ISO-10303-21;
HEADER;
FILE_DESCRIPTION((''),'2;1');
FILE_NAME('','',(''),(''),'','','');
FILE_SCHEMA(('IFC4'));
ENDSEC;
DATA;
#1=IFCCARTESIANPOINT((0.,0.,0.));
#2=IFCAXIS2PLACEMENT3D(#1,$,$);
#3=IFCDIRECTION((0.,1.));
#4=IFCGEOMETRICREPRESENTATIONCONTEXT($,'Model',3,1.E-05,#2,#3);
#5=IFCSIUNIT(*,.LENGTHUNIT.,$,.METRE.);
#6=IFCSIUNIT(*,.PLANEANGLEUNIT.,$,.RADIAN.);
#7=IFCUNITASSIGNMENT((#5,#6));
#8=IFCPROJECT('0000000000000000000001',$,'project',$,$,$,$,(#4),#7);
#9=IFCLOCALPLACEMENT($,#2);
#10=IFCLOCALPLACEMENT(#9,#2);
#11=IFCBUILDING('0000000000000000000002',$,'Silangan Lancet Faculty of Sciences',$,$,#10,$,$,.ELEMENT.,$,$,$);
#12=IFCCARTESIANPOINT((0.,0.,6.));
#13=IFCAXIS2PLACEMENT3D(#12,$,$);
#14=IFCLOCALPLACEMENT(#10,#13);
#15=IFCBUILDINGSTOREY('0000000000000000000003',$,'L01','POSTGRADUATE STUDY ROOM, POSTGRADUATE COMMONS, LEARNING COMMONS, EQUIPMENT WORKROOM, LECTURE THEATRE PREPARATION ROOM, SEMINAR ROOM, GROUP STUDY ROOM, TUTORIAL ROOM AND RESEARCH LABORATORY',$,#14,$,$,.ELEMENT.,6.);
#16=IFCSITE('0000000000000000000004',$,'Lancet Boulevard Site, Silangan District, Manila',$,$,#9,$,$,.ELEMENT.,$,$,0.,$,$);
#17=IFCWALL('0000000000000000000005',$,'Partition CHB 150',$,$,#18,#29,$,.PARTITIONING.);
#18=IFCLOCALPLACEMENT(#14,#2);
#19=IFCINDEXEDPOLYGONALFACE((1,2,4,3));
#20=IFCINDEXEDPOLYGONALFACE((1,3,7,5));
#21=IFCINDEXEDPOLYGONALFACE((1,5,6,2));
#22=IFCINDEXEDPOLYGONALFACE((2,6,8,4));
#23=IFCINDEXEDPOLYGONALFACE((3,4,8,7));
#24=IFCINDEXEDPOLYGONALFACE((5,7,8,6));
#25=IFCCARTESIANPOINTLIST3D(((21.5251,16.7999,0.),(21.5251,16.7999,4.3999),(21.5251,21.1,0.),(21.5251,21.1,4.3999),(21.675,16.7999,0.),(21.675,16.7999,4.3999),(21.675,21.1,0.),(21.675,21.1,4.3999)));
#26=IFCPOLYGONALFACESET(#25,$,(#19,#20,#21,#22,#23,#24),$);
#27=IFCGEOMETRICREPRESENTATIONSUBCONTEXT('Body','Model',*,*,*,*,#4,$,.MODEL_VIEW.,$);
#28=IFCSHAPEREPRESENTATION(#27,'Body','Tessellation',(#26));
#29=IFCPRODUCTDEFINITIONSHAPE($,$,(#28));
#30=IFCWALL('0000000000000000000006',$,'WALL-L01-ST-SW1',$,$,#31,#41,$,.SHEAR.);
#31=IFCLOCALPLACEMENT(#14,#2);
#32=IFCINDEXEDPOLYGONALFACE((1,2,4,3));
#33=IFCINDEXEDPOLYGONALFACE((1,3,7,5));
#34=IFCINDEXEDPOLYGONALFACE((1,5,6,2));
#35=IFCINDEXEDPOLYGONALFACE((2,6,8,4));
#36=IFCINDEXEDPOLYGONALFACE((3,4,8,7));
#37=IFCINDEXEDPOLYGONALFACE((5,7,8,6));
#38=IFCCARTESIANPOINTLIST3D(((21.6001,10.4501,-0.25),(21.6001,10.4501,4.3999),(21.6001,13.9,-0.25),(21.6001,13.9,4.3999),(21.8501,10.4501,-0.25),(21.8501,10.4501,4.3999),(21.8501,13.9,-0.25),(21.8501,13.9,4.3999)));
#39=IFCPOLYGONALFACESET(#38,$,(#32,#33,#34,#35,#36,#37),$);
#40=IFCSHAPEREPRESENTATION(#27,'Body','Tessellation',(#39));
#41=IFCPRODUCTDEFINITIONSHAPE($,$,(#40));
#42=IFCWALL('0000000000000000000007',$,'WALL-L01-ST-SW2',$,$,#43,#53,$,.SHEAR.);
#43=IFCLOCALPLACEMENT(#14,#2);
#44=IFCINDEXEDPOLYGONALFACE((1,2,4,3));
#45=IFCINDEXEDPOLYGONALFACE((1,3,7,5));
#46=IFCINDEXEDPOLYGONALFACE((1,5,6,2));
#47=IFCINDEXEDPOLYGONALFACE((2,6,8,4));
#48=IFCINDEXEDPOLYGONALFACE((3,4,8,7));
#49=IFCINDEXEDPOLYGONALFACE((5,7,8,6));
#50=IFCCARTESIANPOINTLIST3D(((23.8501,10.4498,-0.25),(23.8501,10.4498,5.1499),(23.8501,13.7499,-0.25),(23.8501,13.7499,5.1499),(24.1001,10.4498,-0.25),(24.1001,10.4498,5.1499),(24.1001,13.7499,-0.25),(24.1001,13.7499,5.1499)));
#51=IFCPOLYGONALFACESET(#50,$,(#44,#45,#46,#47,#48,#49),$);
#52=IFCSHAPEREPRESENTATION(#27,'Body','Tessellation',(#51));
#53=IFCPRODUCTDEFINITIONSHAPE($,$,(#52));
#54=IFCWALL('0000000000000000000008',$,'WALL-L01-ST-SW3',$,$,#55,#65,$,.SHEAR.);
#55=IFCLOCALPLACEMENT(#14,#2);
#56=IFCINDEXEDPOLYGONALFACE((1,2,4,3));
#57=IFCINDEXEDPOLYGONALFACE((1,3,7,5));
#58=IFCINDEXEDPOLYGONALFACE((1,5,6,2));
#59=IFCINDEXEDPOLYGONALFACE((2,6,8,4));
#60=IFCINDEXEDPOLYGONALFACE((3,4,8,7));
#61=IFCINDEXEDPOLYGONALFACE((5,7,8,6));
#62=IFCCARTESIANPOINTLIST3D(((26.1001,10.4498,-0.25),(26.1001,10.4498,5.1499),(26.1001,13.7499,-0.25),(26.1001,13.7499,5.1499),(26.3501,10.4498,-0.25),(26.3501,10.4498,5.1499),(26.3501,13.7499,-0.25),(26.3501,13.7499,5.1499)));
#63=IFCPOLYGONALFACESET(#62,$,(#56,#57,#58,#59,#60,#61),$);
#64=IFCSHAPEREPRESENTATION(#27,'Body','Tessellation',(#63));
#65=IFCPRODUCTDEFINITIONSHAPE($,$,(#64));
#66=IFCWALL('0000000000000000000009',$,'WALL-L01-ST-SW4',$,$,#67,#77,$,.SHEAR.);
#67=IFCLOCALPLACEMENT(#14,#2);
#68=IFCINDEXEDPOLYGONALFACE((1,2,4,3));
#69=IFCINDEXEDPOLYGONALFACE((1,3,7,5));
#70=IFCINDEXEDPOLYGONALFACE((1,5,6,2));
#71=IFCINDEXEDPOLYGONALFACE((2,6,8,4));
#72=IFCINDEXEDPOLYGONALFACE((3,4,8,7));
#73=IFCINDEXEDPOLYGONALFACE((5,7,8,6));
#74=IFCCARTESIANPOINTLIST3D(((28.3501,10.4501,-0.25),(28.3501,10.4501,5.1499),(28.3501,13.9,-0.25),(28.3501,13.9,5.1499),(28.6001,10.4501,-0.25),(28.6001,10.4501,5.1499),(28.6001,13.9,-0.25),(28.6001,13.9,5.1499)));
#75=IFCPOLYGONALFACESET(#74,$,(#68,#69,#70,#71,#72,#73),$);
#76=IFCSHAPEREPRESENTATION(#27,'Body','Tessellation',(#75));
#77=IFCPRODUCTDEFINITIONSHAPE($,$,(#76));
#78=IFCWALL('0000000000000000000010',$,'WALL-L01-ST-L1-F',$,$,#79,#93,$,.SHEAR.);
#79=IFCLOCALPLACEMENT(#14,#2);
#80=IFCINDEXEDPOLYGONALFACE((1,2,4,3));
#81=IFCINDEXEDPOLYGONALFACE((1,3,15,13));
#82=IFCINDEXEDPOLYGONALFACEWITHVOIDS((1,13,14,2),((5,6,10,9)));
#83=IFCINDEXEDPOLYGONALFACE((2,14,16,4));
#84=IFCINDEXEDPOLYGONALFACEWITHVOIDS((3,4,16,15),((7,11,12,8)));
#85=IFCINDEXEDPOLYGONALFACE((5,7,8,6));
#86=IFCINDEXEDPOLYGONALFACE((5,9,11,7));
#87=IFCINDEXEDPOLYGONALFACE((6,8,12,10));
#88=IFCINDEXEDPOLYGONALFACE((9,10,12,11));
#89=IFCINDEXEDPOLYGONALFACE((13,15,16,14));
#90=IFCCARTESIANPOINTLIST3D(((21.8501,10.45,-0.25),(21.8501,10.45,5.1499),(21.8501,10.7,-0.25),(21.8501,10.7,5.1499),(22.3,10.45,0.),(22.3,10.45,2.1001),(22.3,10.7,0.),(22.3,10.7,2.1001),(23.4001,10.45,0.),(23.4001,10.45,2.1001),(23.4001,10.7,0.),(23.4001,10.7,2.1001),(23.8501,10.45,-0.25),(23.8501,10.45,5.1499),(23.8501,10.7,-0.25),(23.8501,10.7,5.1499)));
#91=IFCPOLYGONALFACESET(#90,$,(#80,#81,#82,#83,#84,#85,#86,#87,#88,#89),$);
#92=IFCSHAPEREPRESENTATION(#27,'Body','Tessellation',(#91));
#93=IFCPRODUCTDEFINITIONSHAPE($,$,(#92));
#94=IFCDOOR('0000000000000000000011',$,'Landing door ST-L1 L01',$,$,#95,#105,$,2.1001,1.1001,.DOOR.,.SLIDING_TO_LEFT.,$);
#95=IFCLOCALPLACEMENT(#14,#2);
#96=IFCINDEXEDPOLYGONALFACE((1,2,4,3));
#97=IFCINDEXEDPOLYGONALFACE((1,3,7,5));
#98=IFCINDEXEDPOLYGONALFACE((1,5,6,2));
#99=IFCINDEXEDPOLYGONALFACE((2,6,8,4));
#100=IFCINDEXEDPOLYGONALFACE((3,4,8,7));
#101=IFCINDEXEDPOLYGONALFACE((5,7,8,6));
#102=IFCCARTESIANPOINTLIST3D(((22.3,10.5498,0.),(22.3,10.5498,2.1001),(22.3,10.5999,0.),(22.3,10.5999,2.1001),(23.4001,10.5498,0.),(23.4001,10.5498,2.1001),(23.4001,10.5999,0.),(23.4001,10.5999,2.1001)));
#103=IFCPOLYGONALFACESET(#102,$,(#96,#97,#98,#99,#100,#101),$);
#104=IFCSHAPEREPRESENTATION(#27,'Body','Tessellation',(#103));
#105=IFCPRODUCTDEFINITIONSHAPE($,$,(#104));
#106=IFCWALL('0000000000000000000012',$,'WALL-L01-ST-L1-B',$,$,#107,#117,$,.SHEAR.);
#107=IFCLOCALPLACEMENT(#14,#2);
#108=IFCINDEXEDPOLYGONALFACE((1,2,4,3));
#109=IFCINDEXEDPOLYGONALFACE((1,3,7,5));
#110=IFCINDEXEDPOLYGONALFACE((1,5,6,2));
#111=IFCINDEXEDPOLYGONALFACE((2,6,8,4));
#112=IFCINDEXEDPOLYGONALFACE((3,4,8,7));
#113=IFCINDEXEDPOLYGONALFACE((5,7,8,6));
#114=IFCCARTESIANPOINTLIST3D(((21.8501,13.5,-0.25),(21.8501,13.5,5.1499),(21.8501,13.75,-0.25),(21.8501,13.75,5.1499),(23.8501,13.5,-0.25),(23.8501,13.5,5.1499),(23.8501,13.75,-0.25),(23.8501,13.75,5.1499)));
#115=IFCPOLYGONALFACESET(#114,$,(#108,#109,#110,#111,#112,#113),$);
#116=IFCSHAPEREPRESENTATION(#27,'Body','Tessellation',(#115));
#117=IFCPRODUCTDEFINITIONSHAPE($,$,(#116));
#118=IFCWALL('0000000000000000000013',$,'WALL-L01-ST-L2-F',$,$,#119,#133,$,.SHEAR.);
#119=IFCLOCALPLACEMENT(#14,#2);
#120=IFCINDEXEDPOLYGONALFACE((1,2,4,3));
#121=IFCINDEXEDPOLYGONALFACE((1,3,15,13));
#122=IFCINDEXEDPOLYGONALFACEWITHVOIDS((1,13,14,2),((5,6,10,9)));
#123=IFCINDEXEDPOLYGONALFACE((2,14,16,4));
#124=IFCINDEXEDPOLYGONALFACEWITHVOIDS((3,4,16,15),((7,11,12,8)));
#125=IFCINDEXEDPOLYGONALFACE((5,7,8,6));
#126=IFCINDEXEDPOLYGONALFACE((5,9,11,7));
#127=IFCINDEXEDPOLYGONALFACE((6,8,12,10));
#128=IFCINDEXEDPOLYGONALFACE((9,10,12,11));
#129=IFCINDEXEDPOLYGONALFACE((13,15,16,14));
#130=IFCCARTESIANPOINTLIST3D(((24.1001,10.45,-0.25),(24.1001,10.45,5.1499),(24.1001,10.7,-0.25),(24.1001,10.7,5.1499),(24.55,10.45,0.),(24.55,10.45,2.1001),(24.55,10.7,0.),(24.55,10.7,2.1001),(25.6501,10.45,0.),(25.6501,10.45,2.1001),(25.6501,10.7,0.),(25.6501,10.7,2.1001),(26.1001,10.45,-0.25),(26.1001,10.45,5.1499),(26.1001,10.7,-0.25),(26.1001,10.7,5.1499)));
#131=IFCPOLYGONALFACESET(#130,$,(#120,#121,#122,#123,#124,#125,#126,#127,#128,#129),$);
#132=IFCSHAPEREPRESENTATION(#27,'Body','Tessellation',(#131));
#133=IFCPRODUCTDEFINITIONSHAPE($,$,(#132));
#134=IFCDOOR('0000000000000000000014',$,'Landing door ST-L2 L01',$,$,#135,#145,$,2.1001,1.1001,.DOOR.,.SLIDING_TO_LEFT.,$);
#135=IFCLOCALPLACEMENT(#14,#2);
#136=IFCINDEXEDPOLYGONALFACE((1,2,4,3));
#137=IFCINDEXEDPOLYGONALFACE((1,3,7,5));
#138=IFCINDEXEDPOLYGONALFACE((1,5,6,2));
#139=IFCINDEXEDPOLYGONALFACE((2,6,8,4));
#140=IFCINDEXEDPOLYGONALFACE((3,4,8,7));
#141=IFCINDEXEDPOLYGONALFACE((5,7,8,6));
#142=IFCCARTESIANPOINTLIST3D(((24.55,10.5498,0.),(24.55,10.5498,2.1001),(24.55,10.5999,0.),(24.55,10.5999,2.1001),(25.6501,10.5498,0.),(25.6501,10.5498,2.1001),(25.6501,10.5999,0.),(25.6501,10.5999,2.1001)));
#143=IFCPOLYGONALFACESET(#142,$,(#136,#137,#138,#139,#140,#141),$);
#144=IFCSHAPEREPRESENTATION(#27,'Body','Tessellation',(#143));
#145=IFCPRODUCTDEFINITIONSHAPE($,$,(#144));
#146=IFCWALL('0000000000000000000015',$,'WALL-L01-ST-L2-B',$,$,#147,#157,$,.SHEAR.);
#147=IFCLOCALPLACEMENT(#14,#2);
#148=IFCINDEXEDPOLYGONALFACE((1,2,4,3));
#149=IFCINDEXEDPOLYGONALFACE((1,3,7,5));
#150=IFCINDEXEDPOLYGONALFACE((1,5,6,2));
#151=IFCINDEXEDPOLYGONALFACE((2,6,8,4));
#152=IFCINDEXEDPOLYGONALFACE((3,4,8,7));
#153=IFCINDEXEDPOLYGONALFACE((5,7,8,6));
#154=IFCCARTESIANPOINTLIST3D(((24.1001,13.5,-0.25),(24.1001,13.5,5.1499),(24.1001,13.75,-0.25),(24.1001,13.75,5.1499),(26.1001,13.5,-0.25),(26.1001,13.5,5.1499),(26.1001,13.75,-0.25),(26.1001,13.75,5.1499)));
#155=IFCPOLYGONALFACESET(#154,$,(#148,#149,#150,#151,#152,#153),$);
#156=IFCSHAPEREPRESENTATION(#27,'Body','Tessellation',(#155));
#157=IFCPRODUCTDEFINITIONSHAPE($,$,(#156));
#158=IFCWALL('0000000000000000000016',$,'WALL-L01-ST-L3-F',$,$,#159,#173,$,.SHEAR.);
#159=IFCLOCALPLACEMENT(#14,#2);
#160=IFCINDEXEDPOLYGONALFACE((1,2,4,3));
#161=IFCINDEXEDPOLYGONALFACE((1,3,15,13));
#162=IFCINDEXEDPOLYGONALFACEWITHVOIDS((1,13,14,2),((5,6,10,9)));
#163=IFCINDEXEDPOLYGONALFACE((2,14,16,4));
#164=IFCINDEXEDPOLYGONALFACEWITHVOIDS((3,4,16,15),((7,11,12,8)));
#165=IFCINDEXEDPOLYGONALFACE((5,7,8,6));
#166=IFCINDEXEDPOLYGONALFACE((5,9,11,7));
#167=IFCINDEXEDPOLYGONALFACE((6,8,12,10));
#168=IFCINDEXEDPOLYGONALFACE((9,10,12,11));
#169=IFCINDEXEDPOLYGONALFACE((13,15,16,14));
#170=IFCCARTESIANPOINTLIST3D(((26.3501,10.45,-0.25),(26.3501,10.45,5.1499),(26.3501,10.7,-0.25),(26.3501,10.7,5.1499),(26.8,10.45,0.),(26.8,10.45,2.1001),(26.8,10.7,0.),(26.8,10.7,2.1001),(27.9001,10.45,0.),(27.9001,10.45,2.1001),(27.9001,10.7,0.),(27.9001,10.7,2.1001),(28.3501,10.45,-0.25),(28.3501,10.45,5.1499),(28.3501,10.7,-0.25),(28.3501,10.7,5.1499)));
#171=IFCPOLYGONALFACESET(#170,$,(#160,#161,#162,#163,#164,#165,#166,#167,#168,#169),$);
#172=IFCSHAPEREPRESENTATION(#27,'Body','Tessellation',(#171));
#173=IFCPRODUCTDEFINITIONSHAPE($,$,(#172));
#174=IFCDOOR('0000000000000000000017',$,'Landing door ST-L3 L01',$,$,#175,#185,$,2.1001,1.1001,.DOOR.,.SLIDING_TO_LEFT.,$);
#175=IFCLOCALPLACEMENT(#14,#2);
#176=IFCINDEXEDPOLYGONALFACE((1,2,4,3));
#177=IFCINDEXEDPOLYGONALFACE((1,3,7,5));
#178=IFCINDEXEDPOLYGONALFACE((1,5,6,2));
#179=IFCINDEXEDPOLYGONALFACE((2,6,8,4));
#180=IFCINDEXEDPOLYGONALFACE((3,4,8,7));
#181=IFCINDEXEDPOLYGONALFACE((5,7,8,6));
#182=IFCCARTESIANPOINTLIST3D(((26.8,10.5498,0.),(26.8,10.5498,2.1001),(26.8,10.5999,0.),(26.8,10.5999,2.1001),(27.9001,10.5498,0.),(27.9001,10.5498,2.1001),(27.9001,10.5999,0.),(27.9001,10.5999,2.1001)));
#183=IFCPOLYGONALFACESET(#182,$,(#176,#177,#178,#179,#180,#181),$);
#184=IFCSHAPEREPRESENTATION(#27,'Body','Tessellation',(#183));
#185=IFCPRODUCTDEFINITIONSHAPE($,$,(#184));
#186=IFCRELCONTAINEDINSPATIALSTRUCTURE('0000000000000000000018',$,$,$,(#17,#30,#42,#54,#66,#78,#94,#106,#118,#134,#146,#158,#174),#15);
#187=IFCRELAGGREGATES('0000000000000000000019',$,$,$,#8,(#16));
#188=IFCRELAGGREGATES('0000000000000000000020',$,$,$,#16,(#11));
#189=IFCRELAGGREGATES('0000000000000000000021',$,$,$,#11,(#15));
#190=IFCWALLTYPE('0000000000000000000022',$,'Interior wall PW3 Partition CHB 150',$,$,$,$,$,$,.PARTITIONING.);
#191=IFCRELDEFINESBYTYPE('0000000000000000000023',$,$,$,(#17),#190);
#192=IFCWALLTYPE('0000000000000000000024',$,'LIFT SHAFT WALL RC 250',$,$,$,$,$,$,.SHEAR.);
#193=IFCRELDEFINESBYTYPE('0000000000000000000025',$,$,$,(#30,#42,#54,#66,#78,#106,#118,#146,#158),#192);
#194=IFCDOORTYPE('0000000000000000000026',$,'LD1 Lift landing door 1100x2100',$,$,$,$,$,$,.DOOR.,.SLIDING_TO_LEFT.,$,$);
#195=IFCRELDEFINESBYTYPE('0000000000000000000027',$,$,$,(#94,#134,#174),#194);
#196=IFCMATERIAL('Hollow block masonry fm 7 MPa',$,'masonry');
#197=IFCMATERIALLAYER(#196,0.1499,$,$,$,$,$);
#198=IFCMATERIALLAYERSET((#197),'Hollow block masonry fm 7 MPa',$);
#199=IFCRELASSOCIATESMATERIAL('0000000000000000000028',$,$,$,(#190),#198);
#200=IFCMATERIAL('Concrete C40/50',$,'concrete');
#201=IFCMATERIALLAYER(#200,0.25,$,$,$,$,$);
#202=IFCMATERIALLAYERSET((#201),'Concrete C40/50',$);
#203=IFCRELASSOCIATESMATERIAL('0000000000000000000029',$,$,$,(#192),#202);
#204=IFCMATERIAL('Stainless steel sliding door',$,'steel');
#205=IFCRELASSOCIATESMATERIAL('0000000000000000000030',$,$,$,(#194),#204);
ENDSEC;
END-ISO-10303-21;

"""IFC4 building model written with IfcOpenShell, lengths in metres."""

from ifc_helpers import new_model, si_unit, direction, frame, frame_2d, origin, place, context, subcontext, project, spatial, rectangle, extrude, material, layer, layer_set, type_object, element, fill, save


model = new_model("IFC4")

# Units and contexts
model_context = context("Model", 3, precision=1e-05, world=origin(), true_north=direction((0.0, 1.0)))
body_context = subcontext(model_context, "Body", "Model", "MODEL_VIEW")
ifc_project = project(units=[si_unit("LENGTHUNIT", "METRE"), si_unit("PLANEANGLEUNIT", "RADIAN")], contexts=[model_context])

# Site, building, storey
site_placement = place(None, origin())
site = spatial("IfcSite", under=ifc_project, at=site_placement, Name="Lancet Boulevard Site, Silangan District, Manila", CompositionType="ELEMENT", RefElevation=0.0)
building_placement = place(site_placement, origin())
building = spatial("IfcBuilding", under=site, at=building_placement, Name="Silangan Lancet Faculty of Sciences", CompositionType="ELEMENT")
storey_placement = place(building_placement, frame((0.0, 0.0, 6.0)))
storey = spatial("IfcBuildingStorey", under=building, at=storey_placement, Name="L01", Description="POSTGRADUATE STUDY ROOM, POSTGRADUATE COMMONS, LEARNING COMMONS, EQUIPMENT WORKROOM, LECTURE THEATRE PREPARATION ROOM, SEMINAR ROOM, GROUP STUDY ROOM, TUTORIAL ROOM AND RESEARCH LABORATORY", CompositionType="ELEMENT", Elevation=6.0)

# Wall
ifc_material_1 = material(Name="Hollow block masonry fm 7 MPa", Category="masonry")
ifc_layer_1 = layer(ifc_material_1, 0.1499)
ifc_layer_set_1 = layer_set([ifc_layer_1], Name="Hollow block masonry fm 7 MPa")
wall_type_1 = type_object("IfcWallType", Name="Interior wall PW3 Partition CHB 150", PredefinedType="PARTITIONING", material=ifc_layer_set_1)
wall_1_placement = place(storey_placement, frame((21.6001, 16.8, 0.0), z_axis=(0.0, 0.0, 1.0), x_axis=(0.0, 1.0, 0.0)))
element("IfcWall", 1, at=wall_1_placement, inside=storey, type_object=wall_type_1, Name="Partition CHB 150", PredefinedType="PARTITIONING", context=body_context, shape_type="SweptSolid", body=[
    extrude(rectangle(XDim=4.3, YDim=0.1499, at=frame_2d((2.1499, 0.0))), origin(), (0.0, 0.0, 1.0), 4.3999),
])

# Walls
ifc_material_2 = material(Name="Concrete C40/50", Category="concrete")
ifc_layer_2 = layer(ifc_material_2, 0.25)
ifc_layer_set_2 = layer_set([ifc_layer_2], Name="Concrete C40/50")
wall_type_2 = type_object("IfcWallType", Name="LIFT SHAFT WALL RC 250", PredefinedType="SHEAR", material=ifc_layer_set_2)
wall_2_placement = place(storey_placement, frame((21.7251, 10.45, -0.25), z_axis=(0.0, 0.0, 1.0), x_axis=(0.0, 1.0, 0.0)))
element("IfcWall", 2, at=wall_2_placement, inside=storey, type_object=wall_type_2, Name="WALL-L01-ST-SW1", PredefinedType="SHEAR", context=body_context, shape_type="SweptSolid", body=[
    extrude(rectangle(XDim=3.45, YDim=0.25, at=frame_2d((1.7251, 0.0))), origin(), (0.0, 0.0, 1.0), 4.6499),
])
for number, where, z_axis, x_axis, name in (
    (3, (23.9751, 10.45, -0.25), (0.0, 0.0, 1.0), (0.0, 1.0, 0.0), "WALL-L01-ST-SW2"),
    (4, (26.2251, 10.45, -0.25), (0.0, 0.0, 1.0), (0.0, 1.0, 0.0), "WALL-L01-ST-SW3"),
):
    element("IfcWall", number, at=place(storey_placement, frame(where, z_axis=z_axis, x_axis=x_axis)), inside=storey, type_object=wall_type_2, Name=name, PredefinedType="SHEAR", context=body_context, shape_type="SweptSolid", body=[
        extrude(rectangle(XDim=3.3, YDim=0.25, at=frame_2d((1.6499, 0.0))), origin(), (0.0, 0.0, 1.0), 5.3999),
    ])
wall_3_placement = place(storey_placement, frame((28.4751, 10.45, -0.25), z_axis=(0.0, 0.0, 1.0), x_axis=(0.0, 1.0, 0.0)))
element("IfcWall", 5, at=wall_3_placement, inside=storey, type_object=wall_type_2, Name="WALL-L01-ST-SW4", PredefinedType="SHEAR", context=body_context, shape_type="SweptSolid", body=[
    extrude(rectangle(XDim=3.45, YDim=0.25, at=frame_2d((1.7251, 0.0))), origin(), (0.0, 0.0, 1.0), 5.3999),
])

# Wall, opening, door
wall_4_placement = place(storey_placement, frame((21.8501, 10.575, -0.25), z_axis=(0.0, 0.0, 1.0), x_axis=(1.0, 0.0, 0.0)))
wall_4 = element("IfcWall", 6, at=wall_4_placement, inside=storey, type_object=wall_type_2, Name="WALL-L01-ST-L1-F", PredefinedType="SHEAR", context=body_context, shape_type="SweptSolid", body=[
    extrude(rectangle(XDim=2.0, YDim=0.25, at=frame_2d((1.0, 0.0))), origin(), (0.0, 0.0, 1.0), 5.3999),
])
opening_1_placement = place(wall_4_placement, frame((0.45, 0.0, 0.25)))
opening_1 = element("IfcOpeningElement", 7, at=opening_1_placement, cuts=wall_4, PredefinedType="OPENING", context=body_context, shape_type="SweptSolid", body=[
    extrude(rectangle(XDim=1.1001, YDim=2.1001, at=frame_2d((0.55, 1.05))), frame((0.0, 0.135, 0.0), z_axis=(0.0, -1.0, 0.0), x_axis=(1.0, 0.0, 0.0)), (0.0, 0.0, 1.0), 0.27),
])
ifc_material_3 = material(Name="Stainless steel sliding door", Category="steel")
door_type_1 = type_object("IfcDoorType", Name="LD1 Lift landing door 1100x2100", OperationType="SLIDING_TO_LEFT", PredefinedType="DOOR", material=ifc_material_3)
door_1_placement = place(opening_1_placement, origin())
door_1 = element("IfcDoor", 8, at=door_1_placement, inside=storey, type_object=door_type_1, Name="Landing door ST-L1 L01", OperationType="SLIDING_TO_LEFT", OverallHeight=2.1001, OverallWidth=1.1001, PredefinedType="DOOR", context=body_context, shape_type="SweptSolid", body=[
    extrude(rectangle(XDim=1.1001, YDim=2.1001, at=frame_2d((0.55, 1.05))), frame((0.0, 0.0249, 0.0), z_axis=(0.0, -1.0, 0.0), x_axis=(1.0, 0.0, 0.0)), (0.0, 0.0, 1.0), 0.05),
])
fill(opening_1, door_1)

# Wall
wall_5_placement = place(storey_placement, frame((21.8501, 13.625, -0.25), z_axis=(0.0, 0.0, 1.0), x_axis=(1.0, 0.0, 0.0)))
element("IfcWall", 9, at=wall_5_placement, inside=storey, type_object=wall_type_2, Name="WALL-L01-ST-L1-B", PredefinedType="SHEAR", context=body_context, shape_type="SweptSolid", body=[
    extrude(rectangle(XDim=2.0, YDim=0.25, at=frame_2d((1.0, 0.0))), origin(), (0.0, 0.0, 1.0), 5.3999),
])

# Wall, opening, door
wall_6_placement = place(storey_placement, frame((24.1001, 10.575, -0.25), z_axis=(0.0, 0.0, 1.0), x_axis=(1.0, 0.0, 0.0)))
wall_6 = element("IfcWall", 10, at=wall_6_placement, inside=storey, type_object=wall_type_2, Name="WALL-L01-ST-L2-F", PredefinedType="SHEAR", context=body_context, shape_type="SweptSolid", body=[
    extrude(rectangle(XDim=2.0, YDim=0.25, at=frame_2d((1.0, 0.0))), origin(), (0.0, 0.0, 1.0), 5.3999),
])
opening_2_placement = place(wall_6_placement, frame((0.45, 0.0, 0.25)))
opening_2 = element("IfcOpeningElement", 11, at=opening_2_placement, cuts=wall_6, PredefinedType="OPENING", context=body_context, shape_type="SweptSolid", body=[
    extrude(rectangle(XDim=1.1001, YDim=2.1001, at=frame_2d((0.55, 1.05))), frame((0.0, 0.135, 0.0), z_axis=(0.0, -1.0, 0.0), x_axis=(1.0, 0.0, 0.0)), (0.0, 0.0, 1.0), 0.27),
])
door_2_placement = place(opening_2_placement, origin())
door_2 = element("IfcDoor", 12, at=door_2_placement, inside=storey, type_object=door_type_1, Name="Landing door ST-L2 L01", OperationType="SLIDING_TO_LEFT", OverallHeight=2.1001, OverallWidth=1.1001, PredefinedType="DOOR", context=body_context, shape_type="SweptSolid", body=[
    extrude(rectangle(XDim=1.1001, YDim=2.1001, at=frame_2d((0.55, 1.05))), frame((0.0, 0.0249, 0.0), z_axis=(0.0, -1.0, 0.0), x_axis=(1.0, 0.0, 0.0)), (0.0, 0.0, 1.0), 0.05),
])
fill(opening_2, door_2)

# Wall
wall_7_placement = place(storey_placement, frame((24.1001, 13.625, -0.25), z_axis=(0.0, 0.0, 1.0), x_axis=(1.0, 0.0, 0.0)))
element("IfcWall", 13, at=wall_7_placement, inside=storey, type_object=wall_type_2, Name="WALL-L01-ST-L2-B", PredefinedType="SHEAR", context=body_context, shape_type="SweptSolid", body=[
    extrude(rectangle(XDim=2.0, YDim=0.25, at=frame_2d((1.0, 0.0))), origin(), (0.0, 0.0, 1.0), 5.3999),
])

# Wall, opening, door
wall_8_placement = place(storey_placement, frame((26.3501, 10.575, -0.25), z_axis=(0.0, 0.0, 1.0), x_axis=(1.0, 0.0, 0.0)))
wall_8 = element("IfcWall", 14, at=wall_8_placement, inside=storey, type_object=wall_type_2, Name="WALL-L01-ST-L3-F", PredefinedType="SHEAR", context=body_context, shape_type="SweptSolid", body=[
    extrude(rectangle(XDim=2.0, YDim=0.25, at=frame_2d((1.0, 0.0))), origin(), (0.0, 0.0, 1.0), 5.3999),
])
opening_3_placement = place(wall_8_placement, frame((0.45, 0.0, 0.25)))
opening_3 = element("IfcOpeningElement", 15, at=opening_3_placement, cuts=wall_8, PredefinedType="OPENING", context=body_context, shape_type="SweptSolid", body=[
    extrude(rectangle(XDim=1.1001, YDim=2.1001, at=frame_2d((0.55, 1.05))), frame((0.0, 0.135, 0.0), z_axis=(0.0, -1.0, 0.0), x_axis=(1.0, 0.0, 0.0)), (0.0, 0.0, 1.0), 0.27),
])
door_3_placement = place(opening_3_placement, origin())
door_3 = element("IfcDoor", 16, at=door_3_placement, inside=storey, type_object=door_type_1, Name="Landing door ST-L3 L01", OperationType="SLIDING_TO_LEFT", OverallHeight=2.1001, OverallWidth=1.1001, PredefinedType="DOOR", context=body_context, shape_type="SweptSolid", body=[
    extrude(rectangle(XDim=1.1001, YDim=2.1001, at=frame_2d((0.55, 1.05))), frame((0.0, 0.0249, 0.0), z_axis=(0.0, -1.0, 0.0), x_axis=(1.0, 0.0, 0.0)), (0.0, 0.0, 1.0), 0.05),
])
fill(opening_3, door_3)

save(model, "model.ifc")
